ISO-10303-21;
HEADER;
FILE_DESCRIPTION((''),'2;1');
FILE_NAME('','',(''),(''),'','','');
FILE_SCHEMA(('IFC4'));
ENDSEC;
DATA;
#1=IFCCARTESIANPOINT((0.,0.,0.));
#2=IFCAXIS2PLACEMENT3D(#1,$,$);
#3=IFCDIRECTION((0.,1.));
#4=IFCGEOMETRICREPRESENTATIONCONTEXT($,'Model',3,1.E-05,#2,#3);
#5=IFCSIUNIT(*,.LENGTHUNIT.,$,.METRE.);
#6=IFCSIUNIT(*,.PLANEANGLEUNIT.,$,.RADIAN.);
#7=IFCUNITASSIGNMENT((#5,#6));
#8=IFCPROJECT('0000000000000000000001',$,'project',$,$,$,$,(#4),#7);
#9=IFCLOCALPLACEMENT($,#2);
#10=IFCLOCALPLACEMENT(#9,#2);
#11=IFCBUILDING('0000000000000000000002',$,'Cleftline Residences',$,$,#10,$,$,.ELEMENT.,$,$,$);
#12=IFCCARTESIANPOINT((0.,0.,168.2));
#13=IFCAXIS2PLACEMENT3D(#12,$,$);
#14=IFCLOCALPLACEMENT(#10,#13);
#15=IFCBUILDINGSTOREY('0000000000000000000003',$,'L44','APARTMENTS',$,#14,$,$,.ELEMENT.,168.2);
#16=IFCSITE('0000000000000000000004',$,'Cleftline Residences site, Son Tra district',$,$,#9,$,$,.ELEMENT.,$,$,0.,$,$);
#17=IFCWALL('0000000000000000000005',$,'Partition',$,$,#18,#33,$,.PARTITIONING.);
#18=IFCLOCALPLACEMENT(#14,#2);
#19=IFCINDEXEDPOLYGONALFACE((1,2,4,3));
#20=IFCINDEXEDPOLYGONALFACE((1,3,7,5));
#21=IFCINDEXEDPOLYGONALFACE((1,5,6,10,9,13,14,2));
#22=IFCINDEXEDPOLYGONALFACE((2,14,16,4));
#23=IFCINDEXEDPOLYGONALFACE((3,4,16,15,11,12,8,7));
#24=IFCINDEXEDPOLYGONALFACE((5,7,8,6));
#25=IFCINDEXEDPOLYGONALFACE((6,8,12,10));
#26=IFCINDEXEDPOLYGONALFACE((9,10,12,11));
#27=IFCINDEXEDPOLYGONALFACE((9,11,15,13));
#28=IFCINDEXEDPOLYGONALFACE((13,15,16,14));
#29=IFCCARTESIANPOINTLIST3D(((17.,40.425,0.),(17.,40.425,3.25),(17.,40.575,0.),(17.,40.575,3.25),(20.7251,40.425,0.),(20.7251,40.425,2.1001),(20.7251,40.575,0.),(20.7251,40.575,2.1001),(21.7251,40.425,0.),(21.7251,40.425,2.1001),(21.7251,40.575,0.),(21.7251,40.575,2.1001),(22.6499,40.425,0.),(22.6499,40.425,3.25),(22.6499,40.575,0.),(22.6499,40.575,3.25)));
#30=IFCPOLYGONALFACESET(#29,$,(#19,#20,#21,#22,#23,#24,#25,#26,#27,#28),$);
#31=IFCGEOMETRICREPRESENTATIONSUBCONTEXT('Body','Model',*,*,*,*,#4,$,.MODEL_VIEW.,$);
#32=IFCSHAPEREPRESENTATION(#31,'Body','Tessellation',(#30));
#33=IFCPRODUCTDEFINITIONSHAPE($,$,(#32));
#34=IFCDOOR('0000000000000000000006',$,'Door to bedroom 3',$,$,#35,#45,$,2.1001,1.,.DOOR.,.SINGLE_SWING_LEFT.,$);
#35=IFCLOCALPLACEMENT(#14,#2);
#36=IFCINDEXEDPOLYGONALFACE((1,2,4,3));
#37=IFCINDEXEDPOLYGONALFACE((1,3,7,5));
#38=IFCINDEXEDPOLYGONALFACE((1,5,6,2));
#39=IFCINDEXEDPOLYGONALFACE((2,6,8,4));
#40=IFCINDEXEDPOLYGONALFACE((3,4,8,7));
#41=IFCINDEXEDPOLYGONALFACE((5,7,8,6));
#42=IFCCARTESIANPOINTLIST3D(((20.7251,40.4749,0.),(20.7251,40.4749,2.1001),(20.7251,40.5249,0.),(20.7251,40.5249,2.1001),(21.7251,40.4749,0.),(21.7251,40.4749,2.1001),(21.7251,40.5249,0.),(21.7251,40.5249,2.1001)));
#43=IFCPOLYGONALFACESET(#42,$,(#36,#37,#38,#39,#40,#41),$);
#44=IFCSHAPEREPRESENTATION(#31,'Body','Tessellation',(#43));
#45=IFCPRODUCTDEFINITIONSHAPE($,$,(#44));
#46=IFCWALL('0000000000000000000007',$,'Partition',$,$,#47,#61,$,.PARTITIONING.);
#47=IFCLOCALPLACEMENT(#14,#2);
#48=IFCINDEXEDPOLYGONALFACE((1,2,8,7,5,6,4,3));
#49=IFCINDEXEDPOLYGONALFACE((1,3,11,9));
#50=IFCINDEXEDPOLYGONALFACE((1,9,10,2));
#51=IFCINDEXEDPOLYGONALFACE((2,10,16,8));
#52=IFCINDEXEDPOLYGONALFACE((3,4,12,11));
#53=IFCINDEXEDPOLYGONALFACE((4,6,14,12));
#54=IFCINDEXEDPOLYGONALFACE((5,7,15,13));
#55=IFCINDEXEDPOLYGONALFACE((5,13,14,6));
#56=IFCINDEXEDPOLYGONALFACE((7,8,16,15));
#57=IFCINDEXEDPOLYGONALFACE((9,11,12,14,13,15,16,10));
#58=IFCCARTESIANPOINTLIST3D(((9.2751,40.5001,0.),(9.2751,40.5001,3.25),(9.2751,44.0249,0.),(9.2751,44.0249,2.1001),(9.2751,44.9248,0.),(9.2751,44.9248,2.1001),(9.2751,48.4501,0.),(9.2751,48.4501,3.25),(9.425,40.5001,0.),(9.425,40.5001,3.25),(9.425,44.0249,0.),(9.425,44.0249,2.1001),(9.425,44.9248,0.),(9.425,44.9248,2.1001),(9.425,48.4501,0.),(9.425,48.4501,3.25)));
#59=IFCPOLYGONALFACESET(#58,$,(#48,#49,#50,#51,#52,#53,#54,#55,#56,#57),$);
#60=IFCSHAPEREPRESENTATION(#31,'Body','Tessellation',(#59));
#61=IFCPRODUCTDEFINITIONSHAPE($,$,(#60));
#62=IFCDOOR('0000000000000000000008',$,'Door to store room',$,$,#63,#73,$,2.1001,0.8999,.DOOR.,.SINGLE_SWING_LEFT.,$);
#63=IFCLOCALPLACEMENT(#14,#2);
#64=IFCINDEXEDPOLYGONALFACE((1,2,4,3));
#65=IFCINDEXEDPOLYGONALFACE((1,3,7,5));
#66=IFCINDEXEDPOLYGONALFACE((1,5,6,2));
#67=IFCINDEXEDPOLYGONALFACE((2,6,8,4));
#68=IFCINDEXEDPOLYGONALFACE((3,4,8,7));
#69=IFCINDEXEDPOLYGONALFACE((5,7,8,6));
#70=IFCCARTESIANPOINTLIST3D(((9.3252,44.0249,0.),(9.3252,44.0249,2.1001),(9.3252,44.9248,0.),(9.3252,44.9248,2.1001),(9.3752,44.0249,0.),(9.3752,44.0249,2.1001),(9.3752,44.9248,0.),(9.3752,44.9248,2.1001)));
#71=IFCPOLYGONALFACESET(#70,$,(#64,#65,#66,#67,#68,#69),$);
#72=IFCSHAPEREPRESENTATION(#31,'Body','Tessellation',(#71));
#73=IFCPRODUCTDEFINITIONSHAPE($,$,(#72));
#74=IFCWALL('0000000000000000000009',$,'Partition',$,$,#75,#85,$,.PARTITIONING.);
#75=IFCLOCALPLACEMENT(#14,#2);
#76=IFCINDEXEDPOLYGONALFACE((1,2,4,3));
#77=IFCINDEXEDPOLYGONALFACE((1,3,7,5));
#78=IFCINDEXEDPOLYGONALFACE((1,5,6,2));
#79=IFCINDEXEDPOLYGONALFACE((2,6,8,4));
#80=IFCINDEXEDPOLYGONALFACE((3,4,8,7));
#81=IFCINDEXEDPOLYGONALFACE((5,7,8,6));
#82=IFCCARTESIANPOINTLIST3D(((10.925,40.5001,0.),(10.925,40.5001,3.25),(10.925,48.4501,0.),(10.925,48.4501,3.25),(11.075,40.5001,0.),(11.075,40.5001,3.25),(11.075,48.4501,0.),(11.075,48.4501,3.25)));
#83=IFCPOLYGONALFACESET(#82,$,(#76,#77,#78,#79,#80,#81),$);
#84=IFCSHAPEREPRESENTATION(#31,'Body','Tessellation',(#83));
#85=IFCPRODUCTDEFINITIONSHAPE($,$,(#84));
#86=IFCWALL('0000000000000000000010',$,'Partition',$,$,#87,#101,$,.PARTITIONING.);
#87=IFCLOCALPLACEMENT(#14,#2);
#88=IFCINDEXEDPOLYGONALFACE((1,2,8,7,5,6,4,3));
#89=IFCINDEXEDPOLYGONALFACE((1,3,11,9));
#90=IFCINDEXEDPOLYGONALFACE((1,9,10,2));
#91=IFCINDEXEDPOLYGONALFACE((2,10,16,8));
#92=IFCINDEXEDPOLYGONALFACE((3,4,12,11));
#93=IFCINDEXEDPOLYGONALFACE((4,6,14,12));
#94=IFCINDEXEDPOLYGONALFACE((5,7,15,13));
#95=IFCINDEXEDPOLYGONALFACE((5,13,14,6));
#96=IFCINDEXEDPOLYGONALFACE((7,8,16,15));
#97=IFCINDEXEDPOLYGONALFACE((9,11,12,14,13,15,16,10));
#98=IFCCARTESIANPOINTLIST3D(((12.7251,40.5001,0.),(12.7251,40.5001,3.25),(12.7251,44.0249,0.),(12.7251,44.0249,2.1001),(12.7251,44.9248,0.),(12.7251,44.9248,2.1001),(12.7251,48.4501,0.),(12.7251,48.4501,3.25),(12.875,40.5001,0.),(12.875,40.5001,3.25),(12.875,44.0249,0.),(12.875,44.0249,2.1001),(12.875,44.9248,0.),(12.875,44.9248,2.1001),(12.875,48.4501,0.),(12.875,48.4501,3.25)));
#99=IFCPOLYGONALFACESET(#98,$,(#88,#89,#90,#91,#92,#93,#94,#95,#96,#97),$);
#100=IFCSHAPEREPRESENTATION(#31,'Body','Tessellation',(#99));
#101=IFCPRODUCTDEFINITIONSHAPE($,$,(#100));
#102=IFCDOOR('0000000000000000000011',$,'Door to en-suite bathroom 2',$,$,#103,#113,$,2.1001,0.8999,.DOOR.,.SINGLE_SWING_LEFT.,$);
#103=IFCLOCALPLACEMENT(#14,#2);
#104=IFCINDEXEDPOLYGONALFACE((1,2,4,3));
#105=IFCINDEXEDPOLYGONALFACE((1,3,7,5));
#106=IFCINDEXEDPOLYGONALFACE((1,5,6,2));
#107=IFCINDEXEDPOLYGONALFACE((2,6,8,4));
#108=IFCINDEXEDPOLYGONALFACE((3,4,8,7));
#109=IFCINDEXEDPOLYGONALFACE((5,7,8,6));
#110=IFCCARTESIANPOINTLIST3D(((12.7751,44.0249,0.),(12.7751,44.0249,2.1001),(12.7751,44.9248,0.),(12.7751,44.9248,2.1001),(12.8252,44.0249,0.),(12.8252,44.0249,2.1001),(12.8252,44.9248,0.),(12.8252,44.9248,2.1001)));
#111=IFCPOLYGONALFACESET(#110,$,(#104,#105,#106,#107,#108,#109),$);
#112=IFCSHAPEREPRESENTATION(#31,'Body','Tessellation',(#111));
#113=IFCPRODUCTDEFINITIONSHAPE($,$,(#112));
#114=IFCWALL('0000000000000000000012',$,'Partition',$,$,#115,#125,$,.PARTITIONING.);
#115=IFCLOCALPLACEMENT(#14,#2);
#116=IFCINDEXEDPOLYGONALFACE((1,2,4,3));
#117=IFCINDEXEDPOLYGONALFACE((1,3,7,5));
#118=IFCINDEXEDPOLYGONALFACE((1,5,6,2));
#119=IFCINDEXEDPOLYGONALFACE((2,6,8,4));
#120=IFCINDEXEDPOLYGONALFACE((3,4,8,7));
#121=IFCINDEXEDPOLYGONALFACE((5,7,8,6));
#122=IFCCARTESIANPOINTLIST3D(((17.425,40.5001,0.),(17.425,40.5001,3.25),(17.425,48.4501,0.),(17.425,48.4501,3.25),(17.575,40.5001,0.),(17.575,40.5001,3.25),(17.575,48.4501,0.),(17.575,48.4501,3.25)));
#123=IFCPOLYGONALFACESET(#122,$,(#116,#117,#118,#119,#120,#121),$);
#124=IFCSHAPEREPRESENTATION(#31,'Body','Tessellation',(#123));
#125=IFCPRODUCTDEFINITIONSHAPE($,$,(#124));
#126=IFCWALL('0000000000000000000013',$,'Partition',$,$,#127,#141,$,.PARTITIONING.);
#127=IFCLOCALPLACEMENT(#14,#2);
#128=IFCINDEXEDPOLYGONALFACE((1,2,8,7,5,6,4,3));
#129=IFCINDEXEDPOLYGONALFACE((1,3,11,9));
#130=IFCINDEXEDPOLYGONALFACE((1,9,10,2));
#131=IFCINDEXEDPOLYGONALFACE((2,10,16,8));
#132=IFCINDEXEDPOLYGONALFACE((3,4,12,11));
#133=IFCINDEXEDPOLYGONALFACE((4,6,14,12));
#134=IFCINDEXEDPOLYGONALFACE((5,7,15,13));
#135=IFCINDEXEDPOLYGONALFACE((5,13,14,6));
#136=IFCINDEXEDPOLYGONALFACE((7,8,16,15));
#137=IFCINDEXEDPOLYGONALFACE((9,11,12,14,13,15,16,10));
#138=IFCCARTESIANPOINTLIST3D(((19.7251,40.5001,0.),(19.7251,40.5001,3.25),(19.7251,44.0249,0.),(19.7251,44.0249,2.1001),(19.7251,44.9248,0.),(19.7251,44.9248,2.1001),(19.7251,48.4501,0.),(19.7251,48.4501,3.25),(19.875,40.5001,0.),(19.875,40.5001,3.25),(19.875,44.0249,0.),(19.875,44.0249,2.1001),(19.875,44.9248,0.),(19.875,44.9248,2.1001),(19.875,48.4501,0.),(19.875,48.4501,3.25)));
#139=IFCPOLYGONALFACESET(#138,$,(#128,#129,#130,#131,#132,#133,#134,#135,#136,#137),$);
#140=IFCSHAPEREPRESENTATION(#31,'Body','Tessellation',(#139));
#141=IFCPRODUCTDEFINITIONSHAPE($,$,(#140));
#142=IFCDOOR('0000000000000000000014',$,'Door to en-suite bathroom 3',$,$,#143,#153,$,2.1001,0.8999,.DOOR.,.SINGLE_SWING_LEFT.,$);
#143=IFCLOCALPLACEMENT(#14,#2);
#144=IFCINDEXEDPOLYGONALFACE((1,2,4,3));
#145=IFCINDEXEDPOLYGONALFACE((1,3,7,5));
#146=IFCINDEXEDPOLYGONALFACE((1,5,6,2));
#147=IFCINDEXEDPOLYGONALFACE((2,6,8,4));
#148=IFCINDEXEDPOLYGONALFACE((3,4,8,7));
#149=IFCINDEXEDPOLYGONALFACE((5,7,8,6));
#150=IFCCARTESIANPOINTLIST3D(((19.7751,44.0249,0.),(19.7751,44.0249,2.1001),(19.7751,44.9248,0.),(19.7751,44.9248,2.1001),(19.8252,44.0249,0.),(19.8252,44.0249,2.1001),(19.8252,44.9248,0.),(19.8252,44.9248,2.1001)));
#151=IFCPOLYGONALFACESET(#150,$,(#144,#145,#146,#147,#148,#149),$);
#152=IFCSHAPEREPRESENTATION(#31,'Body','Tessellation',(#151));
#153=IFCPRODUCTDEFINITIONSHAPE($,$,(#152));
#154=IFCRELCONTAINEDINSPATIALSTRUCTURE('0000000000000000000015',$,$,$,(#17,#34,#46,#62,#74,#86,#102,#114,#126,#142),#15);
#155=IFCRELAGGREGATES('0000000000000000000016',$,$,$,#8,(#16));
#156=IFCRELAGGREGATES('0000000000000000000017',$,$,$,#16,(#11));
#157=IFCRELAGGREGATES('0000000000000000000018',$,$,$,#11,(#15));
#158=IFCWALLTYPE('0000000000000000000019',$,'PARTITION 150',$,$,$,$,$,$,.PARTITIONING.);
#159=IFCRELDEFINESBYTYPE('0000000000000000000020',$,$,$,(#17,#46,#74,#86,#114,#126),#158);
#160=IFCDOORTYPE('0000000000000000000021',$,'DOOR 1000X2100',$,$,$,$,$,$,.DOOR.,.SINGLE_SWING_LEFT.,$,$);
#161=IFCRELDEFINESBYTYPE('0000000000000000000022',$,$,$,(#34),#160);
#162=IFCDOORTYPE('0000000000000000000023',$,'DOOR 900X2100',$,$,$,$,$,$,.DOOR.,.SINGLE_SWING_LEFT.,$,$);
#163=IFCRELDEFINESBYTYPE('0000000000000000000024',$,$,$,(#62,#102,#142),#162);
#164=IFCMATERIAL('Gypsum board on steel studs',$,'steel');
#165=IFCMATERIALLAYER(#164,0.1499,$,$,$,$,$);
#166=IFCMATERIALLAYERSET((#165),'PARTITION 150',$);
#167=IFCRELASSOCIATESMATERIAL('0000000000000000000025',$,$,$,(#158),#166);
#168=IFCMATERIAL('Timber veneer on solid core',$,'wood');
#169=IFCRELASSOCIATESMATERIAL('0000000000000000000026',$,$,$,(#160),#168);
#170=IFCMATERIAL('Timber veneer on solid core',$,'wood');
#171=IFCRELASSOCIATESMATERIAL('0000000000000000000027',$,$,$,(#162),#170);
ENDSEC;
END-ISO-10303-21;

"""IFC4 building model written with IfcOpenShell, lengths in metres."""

from ifc_helpers import new_model, si_unit, direction, frame, frame_2d, origin, place, context, subcontext, project, spatial, rectangle, extrude, material, layer, layer_set, type_object, element, fill, save


model = new_model("IFC4")

# Units and contexts
model_context = context("Model", 3, precision=1e-05, world=origin(), true_north=direction((0.0, 1.0)))
body_context = subcontext(model_context, "Body", "Model", "MODEL_VIEW")
ifc_project = project(units=[si_unit("LENGTHUNIT", "METRE"), si_unit("PLANEANGLEUNIT", "RADIAN")], contexts=[model_context])

# Site, building, storey
site_placement = place(None, origin())
site = spatial("IfcSite", under=ifc_project, at=site_placement, Name="Cleftline Residences site, Son Tra district", CompositionType="ELEMENT", RefElevation=0.0)
building_placement = place(site_placement, origin())
building = spatial("IfcBuilding", under=site, at=building_placement, Name="Cleftline Residences", CompositionType="ELEMENT")
storey_placement = place(building_placement, frame((0.0, 0.0, 168.2)))
storey = spatial("IfcBuildingStorey", under=building, at=storey_placement, Name="L44", Description="APARTMENTS", CompositionType="ELEMENT", Elevation=168.2)

# Walls, openings, doors
ifc_material_1 = material(Name="Gypsum board on steel studs", Category="steel")
ifc_layer = layer(ifc_material_1, 0.1499)
ifc_layer_set = layer_set([ifc_layer], Name="PARTITION 150")
wall_type = type_object("IfcWallType", Name="PARTITION 150", PredefinedType="PARTITIONING", material=ifc_layer_set)
ifc_material_2 = material(Name="Timber veneer on solid core", Category="wood")
door_type_1 = type_object("IfcDoorType", Name="DOOR 1000X2100", OperationType="SINGLE_SWING_LEFT", PredefinedType="DOOR", material=ifc_material_2)
wall_1_placement = place(storey_placement, frame((17.0, 40.5, 0.0), z_axis=(0.0, 0.0, 1.0), x_axis=(1.0, 0.0, 0.0)))
wall_1 = element("IfcWall", 1, at=wall_1_placement, inside=storey, type_object=wall_type, Name="Partition", PredefinedType="PARTITIONING", context=body_context, shape_type="SweptSolid", body=[
    extrude(rectangle(XDim=5.6499, YDim=0.1499, at=frame_2d((2.825, 0.0))), origin(), (0.0, 0.0, 1.0), 3.25),
])
opening_1_placement = place(wall_1_placement, frame((3.7251, 0.0, 0.0)))
opening_1 = element("IfcOpeningElement", 2, at=opening_1_placement, cuts=wall_1, PredefinedType="OPENING", context=body_context, shape_type="SweptSolid", body=[
    extrude(rectangle(XDim=1.0, YDim=2.1001, at=frame_2d((0.5, 1.05))), frame((0.0, 0.085, 0.0), z_axis=(0.0, -1.0, 0.0), x_axis=(1.0, 0.0, 0.0)), (0.0, 0.0, 1.0), 0.1699),
])
door_1_placement = place(opening_1_placement, origin())
door_1 = element("IfcDoor", 3, at=door_1_placement, inside=storey, type_object=door_type_1, Name="Door to bedroom 3", OperationType="SINGLE_SWING_LEFT", OverallHeight=2.1001, OverallWidth=1.0, PredefinedType="DOOR", context=body_context, shape_type="SweptSolid", body=[
    extrude(rectangle(XDim=1.0, YDim=2.1001, at=frame_2d((0.5, 1.05))), frame((0.0, 0.0249, 0.0), z_axis=(0.0, -1.0, 0.0), x_axis=(1.0, 0.0, 0.0)), (0.0, 0.0, 1.0), 0.05),
])
fill(opening_1, door_1)
wall_2_placement = place(storey_placement, frame((9.3501, 40.5, 0.0), z_axis=(0.0, 0.0, 1.0), x_axis=(0.0, 1.0, 0.0)))
wall_2 = element("IfcWall", 4, at=wall_2_placement, inside=storey, type_object=wall_type, Name="Partition", PredefinedType="PARTITIONING", context=body_context, shape_type="SweptSolid", body=[
    extrude(rectangle(XDim=7.95, YDim=0.1499, at=frame_2d((3.9751, 0.0))), origin(), (0.0, 0.0, 1.0), 3.25),
])
opening_2_placement = place(wall_2_placement, frame((3.5249, 0.0, 0.0)))
opening_2 = element("IfcOpeningElement", 5, at=opening_2_placement, cuts=wall_2, PredefinedType="OPENING", context=body_context, shape_type="SweptSolid", body=[
    extrude(rectangle(XDim=0.8999, YDim=2.1001, at=frame_2d((0.45, 1.05))), frame((0.0, 0.085, 0.0), z_axis=(0.0, -1.0, 0.0), x_axis=(1.0, 0.0, 0.0)), (0.0, 0.0, 1.0), 0.1699),
])
ifc_material_3 = material(Name="Timber veneer on solid core", Category="wood")
door_type_2 = type_object("IfcDoorType", Name="DOOR 900X2100", OperationType="SINGLE_SWING_LEFT", PredefinedType="DOOR", material=ifc_material_3)
door_2_placement = place(opening_2_placement, origin())
door_2 = element("IfcDoor", 6, at=door_2_placement, inside=storey, type_object=door_type_2, Name="Door to store room", OperationType="SINGLE_SWING_LEFT", OverallHeight=2.1001, OverallWidth=0.8999, PredefinedType="DOOR", context=body_context, shape_type="SweptSolid", body=[
    extrude(rectangle(XDim=0.8999, YDim=2.1001, at=frame_2d((0.45, 1.05))), frame((0.0, 0.0249, 0.0), z_axis=(0.0, -1.0, 0.0), x_axis=(1.0, 0.0, 0.0)), (0.0, 0.0, 1.0), 0.05),
])
fill(opening_2, door_2)

# Wall
wall_3_placement = place(storey_placement, frame((11.0, 40.5, 0.0), z_axis=(0.0, 0.0, 1.0), x_axis=(0.0, 1.0, 0.0)))
element("IfcWall", 7, at=wall_3_placement, inside=storey, type_object=wall_type, Name="Partition", PredefinedType="PARTITIONING", context=body_context, shape_type="SweptSolid", body=[
    extrude(rectangle(XDim=7.95, YDim=0.1499, at=frame_2d((3.9751, 0.0))), origin(), (0.0, 0.0, 1.0), 3.25),
])

# Wall, opening, door
wall_4_placement = place(storey_placement, frame((12.8, 40.5, 0.0), z_axis=(0.0, 0.0, 1.0), x_axis=(0.0, 1.0, 0.0)))
wall_4 = element("IfcWall", 8, at=wall_4_placement, inside=storey, type_object=wall_type, Name="Partition", PredefinedType="PARTITIONING", context=body_context, shape_type="SweptSolid", body=[
    extrude(rectangle(XDim=7.95, YDim=0.1499, at=frame_2d((3.9751, 0.0))), origin(), (0.0, 0.0, 1.0), 3.25),
])
opening_3_placement = place(wall_4_placement, frame((3.5249, 0.0, 0.0)))
opening_3 = element("IfcOpeningElement", 9, at=opening_3_placement, cuts=wall_4, PredefinedType="OPENING", context=body_context, shape_type="SweptSolid", body=[
    extrude(rectangle(XDim=0.8999, YDim=2.1001, at=frame_2d((0.45, 1.05))), frame((0.0, 0.085, 0.0), z_axis=(0.0, -1.0, 0.0), x_axis=(1.0, 0.0, 0.0)), (0.0, 0.0, 1.0), 0.1699),
])
door_3_placement = place(opening_3_placement, origin())
door_3 = element("IfcDoor", 10, at=door_3_placement, inside=storey, type_object=door_type_2, Name="Door to en-suite bathroom 2", OperationType="SINGLE_SWING_LEFT", OverallHeight=2.1001, OverallWidth=0.8999, PredefinedType="DOOR", context=body_context, shape_type="SweptSolid", body=[
    extrude(rectangle(XDim=0.8999, YDim=2.1001, at=frame_2d((0.45, 1.05))), frame((0.0, 0.0249, 0.0), z_axis=(0.0, -1.0, 0.0), x_axis=(1.0, 0.0, 0.0)), (0.0, 0.0, 1.0), 0.05),
])
fill(opening_3, door_3)

# Wall
wall_5_placement = place(storey_placement, frame((17.5, 40.5, 0.0), z_axis=(0.0, 0.0, 1.0), x_axis=(0.0, 1.0, 0.0)))
element("IfcWall", 11, at=wall_5_placement, inside=storey, type_object=wall_type, Name="Partition", PredefinedType="PARTITIONING", context=body_context, shape_type="SweptSolid", body=[
    extrude(rectangle(XDim=7.95, YDim=0.1499, at=frame_2d((3.9751, 0.0))), origin(), (0.0, 0.0, 1.0), 3.25),
])

# Wall, opening, door
wall_6_placement = place(storey_placement, frame((19.8, 40.5, 0.0), z_axis=(0.0, 0.0, 1.0), x_axis=(0.0, 1.0, 0.0)))
wall_6 = element("IfcWall", 12, at=wall_6_placement, inside=storey, type_object=wall_type, Name="Partition", PredefinedType="PARTITIONING", context=body_context, shape_type="SweptSolid", body=[
    extrude(rectangle(XDim=7.95, YDim=0.1499, at=frame_2d((3.9751, 0.0))), origin(), (0.0, 0.0, 1.0), 3.25),
])
opening_4_placement = place(wall_6_placement, frame((3.5249, 0.0, 0.0)))
opening_4 = element("IfcOpeningElement", 13, at=opening_4_placement, cuts=wall_6, PredefinedType="OPENING", context=body_context, shape_type="SweptSolid", body=[
    extrude(rectangle(XDim=0.8999, YDim=2.1001, at=frame_2d((0.45, 1.05))), frame((0.0, 0.085, 0.0), z_axis=(0.0, -1.0, 0.0), x_axis=(1.0, 0.0, 0.0)), (0.0, 0.0, 1.0), 0.1699),
])
door_4_placement = place(opening_4_placement, origin())
door_4 = element("IfcDoor", 14, at=door_4_placement, inside=storey, type_object=door_type_2, Name="Door to en-suite bathroom 3", OperationType="SINGLE_SWING_LEFT", OverallHeight=2.1001, OverallWidth=0.8999, PredefinedType="DOOR", context=body_context, shape_type="SweptSolid", body=[
    extrude(rectangle(XDim=0.8999, YDim=2.1001, at=frame_2d((0.45, 1.05))), frame((0.0, 0.0249, 0.0), z_axis=(0.0, -1.0, 0.0), x_axis=(1.0, 0.0, 0.0)), (0.0, 0.0, 1.0), 0.05),
])
fill(opening_4, door_4)

save(model, "model.ifc")
